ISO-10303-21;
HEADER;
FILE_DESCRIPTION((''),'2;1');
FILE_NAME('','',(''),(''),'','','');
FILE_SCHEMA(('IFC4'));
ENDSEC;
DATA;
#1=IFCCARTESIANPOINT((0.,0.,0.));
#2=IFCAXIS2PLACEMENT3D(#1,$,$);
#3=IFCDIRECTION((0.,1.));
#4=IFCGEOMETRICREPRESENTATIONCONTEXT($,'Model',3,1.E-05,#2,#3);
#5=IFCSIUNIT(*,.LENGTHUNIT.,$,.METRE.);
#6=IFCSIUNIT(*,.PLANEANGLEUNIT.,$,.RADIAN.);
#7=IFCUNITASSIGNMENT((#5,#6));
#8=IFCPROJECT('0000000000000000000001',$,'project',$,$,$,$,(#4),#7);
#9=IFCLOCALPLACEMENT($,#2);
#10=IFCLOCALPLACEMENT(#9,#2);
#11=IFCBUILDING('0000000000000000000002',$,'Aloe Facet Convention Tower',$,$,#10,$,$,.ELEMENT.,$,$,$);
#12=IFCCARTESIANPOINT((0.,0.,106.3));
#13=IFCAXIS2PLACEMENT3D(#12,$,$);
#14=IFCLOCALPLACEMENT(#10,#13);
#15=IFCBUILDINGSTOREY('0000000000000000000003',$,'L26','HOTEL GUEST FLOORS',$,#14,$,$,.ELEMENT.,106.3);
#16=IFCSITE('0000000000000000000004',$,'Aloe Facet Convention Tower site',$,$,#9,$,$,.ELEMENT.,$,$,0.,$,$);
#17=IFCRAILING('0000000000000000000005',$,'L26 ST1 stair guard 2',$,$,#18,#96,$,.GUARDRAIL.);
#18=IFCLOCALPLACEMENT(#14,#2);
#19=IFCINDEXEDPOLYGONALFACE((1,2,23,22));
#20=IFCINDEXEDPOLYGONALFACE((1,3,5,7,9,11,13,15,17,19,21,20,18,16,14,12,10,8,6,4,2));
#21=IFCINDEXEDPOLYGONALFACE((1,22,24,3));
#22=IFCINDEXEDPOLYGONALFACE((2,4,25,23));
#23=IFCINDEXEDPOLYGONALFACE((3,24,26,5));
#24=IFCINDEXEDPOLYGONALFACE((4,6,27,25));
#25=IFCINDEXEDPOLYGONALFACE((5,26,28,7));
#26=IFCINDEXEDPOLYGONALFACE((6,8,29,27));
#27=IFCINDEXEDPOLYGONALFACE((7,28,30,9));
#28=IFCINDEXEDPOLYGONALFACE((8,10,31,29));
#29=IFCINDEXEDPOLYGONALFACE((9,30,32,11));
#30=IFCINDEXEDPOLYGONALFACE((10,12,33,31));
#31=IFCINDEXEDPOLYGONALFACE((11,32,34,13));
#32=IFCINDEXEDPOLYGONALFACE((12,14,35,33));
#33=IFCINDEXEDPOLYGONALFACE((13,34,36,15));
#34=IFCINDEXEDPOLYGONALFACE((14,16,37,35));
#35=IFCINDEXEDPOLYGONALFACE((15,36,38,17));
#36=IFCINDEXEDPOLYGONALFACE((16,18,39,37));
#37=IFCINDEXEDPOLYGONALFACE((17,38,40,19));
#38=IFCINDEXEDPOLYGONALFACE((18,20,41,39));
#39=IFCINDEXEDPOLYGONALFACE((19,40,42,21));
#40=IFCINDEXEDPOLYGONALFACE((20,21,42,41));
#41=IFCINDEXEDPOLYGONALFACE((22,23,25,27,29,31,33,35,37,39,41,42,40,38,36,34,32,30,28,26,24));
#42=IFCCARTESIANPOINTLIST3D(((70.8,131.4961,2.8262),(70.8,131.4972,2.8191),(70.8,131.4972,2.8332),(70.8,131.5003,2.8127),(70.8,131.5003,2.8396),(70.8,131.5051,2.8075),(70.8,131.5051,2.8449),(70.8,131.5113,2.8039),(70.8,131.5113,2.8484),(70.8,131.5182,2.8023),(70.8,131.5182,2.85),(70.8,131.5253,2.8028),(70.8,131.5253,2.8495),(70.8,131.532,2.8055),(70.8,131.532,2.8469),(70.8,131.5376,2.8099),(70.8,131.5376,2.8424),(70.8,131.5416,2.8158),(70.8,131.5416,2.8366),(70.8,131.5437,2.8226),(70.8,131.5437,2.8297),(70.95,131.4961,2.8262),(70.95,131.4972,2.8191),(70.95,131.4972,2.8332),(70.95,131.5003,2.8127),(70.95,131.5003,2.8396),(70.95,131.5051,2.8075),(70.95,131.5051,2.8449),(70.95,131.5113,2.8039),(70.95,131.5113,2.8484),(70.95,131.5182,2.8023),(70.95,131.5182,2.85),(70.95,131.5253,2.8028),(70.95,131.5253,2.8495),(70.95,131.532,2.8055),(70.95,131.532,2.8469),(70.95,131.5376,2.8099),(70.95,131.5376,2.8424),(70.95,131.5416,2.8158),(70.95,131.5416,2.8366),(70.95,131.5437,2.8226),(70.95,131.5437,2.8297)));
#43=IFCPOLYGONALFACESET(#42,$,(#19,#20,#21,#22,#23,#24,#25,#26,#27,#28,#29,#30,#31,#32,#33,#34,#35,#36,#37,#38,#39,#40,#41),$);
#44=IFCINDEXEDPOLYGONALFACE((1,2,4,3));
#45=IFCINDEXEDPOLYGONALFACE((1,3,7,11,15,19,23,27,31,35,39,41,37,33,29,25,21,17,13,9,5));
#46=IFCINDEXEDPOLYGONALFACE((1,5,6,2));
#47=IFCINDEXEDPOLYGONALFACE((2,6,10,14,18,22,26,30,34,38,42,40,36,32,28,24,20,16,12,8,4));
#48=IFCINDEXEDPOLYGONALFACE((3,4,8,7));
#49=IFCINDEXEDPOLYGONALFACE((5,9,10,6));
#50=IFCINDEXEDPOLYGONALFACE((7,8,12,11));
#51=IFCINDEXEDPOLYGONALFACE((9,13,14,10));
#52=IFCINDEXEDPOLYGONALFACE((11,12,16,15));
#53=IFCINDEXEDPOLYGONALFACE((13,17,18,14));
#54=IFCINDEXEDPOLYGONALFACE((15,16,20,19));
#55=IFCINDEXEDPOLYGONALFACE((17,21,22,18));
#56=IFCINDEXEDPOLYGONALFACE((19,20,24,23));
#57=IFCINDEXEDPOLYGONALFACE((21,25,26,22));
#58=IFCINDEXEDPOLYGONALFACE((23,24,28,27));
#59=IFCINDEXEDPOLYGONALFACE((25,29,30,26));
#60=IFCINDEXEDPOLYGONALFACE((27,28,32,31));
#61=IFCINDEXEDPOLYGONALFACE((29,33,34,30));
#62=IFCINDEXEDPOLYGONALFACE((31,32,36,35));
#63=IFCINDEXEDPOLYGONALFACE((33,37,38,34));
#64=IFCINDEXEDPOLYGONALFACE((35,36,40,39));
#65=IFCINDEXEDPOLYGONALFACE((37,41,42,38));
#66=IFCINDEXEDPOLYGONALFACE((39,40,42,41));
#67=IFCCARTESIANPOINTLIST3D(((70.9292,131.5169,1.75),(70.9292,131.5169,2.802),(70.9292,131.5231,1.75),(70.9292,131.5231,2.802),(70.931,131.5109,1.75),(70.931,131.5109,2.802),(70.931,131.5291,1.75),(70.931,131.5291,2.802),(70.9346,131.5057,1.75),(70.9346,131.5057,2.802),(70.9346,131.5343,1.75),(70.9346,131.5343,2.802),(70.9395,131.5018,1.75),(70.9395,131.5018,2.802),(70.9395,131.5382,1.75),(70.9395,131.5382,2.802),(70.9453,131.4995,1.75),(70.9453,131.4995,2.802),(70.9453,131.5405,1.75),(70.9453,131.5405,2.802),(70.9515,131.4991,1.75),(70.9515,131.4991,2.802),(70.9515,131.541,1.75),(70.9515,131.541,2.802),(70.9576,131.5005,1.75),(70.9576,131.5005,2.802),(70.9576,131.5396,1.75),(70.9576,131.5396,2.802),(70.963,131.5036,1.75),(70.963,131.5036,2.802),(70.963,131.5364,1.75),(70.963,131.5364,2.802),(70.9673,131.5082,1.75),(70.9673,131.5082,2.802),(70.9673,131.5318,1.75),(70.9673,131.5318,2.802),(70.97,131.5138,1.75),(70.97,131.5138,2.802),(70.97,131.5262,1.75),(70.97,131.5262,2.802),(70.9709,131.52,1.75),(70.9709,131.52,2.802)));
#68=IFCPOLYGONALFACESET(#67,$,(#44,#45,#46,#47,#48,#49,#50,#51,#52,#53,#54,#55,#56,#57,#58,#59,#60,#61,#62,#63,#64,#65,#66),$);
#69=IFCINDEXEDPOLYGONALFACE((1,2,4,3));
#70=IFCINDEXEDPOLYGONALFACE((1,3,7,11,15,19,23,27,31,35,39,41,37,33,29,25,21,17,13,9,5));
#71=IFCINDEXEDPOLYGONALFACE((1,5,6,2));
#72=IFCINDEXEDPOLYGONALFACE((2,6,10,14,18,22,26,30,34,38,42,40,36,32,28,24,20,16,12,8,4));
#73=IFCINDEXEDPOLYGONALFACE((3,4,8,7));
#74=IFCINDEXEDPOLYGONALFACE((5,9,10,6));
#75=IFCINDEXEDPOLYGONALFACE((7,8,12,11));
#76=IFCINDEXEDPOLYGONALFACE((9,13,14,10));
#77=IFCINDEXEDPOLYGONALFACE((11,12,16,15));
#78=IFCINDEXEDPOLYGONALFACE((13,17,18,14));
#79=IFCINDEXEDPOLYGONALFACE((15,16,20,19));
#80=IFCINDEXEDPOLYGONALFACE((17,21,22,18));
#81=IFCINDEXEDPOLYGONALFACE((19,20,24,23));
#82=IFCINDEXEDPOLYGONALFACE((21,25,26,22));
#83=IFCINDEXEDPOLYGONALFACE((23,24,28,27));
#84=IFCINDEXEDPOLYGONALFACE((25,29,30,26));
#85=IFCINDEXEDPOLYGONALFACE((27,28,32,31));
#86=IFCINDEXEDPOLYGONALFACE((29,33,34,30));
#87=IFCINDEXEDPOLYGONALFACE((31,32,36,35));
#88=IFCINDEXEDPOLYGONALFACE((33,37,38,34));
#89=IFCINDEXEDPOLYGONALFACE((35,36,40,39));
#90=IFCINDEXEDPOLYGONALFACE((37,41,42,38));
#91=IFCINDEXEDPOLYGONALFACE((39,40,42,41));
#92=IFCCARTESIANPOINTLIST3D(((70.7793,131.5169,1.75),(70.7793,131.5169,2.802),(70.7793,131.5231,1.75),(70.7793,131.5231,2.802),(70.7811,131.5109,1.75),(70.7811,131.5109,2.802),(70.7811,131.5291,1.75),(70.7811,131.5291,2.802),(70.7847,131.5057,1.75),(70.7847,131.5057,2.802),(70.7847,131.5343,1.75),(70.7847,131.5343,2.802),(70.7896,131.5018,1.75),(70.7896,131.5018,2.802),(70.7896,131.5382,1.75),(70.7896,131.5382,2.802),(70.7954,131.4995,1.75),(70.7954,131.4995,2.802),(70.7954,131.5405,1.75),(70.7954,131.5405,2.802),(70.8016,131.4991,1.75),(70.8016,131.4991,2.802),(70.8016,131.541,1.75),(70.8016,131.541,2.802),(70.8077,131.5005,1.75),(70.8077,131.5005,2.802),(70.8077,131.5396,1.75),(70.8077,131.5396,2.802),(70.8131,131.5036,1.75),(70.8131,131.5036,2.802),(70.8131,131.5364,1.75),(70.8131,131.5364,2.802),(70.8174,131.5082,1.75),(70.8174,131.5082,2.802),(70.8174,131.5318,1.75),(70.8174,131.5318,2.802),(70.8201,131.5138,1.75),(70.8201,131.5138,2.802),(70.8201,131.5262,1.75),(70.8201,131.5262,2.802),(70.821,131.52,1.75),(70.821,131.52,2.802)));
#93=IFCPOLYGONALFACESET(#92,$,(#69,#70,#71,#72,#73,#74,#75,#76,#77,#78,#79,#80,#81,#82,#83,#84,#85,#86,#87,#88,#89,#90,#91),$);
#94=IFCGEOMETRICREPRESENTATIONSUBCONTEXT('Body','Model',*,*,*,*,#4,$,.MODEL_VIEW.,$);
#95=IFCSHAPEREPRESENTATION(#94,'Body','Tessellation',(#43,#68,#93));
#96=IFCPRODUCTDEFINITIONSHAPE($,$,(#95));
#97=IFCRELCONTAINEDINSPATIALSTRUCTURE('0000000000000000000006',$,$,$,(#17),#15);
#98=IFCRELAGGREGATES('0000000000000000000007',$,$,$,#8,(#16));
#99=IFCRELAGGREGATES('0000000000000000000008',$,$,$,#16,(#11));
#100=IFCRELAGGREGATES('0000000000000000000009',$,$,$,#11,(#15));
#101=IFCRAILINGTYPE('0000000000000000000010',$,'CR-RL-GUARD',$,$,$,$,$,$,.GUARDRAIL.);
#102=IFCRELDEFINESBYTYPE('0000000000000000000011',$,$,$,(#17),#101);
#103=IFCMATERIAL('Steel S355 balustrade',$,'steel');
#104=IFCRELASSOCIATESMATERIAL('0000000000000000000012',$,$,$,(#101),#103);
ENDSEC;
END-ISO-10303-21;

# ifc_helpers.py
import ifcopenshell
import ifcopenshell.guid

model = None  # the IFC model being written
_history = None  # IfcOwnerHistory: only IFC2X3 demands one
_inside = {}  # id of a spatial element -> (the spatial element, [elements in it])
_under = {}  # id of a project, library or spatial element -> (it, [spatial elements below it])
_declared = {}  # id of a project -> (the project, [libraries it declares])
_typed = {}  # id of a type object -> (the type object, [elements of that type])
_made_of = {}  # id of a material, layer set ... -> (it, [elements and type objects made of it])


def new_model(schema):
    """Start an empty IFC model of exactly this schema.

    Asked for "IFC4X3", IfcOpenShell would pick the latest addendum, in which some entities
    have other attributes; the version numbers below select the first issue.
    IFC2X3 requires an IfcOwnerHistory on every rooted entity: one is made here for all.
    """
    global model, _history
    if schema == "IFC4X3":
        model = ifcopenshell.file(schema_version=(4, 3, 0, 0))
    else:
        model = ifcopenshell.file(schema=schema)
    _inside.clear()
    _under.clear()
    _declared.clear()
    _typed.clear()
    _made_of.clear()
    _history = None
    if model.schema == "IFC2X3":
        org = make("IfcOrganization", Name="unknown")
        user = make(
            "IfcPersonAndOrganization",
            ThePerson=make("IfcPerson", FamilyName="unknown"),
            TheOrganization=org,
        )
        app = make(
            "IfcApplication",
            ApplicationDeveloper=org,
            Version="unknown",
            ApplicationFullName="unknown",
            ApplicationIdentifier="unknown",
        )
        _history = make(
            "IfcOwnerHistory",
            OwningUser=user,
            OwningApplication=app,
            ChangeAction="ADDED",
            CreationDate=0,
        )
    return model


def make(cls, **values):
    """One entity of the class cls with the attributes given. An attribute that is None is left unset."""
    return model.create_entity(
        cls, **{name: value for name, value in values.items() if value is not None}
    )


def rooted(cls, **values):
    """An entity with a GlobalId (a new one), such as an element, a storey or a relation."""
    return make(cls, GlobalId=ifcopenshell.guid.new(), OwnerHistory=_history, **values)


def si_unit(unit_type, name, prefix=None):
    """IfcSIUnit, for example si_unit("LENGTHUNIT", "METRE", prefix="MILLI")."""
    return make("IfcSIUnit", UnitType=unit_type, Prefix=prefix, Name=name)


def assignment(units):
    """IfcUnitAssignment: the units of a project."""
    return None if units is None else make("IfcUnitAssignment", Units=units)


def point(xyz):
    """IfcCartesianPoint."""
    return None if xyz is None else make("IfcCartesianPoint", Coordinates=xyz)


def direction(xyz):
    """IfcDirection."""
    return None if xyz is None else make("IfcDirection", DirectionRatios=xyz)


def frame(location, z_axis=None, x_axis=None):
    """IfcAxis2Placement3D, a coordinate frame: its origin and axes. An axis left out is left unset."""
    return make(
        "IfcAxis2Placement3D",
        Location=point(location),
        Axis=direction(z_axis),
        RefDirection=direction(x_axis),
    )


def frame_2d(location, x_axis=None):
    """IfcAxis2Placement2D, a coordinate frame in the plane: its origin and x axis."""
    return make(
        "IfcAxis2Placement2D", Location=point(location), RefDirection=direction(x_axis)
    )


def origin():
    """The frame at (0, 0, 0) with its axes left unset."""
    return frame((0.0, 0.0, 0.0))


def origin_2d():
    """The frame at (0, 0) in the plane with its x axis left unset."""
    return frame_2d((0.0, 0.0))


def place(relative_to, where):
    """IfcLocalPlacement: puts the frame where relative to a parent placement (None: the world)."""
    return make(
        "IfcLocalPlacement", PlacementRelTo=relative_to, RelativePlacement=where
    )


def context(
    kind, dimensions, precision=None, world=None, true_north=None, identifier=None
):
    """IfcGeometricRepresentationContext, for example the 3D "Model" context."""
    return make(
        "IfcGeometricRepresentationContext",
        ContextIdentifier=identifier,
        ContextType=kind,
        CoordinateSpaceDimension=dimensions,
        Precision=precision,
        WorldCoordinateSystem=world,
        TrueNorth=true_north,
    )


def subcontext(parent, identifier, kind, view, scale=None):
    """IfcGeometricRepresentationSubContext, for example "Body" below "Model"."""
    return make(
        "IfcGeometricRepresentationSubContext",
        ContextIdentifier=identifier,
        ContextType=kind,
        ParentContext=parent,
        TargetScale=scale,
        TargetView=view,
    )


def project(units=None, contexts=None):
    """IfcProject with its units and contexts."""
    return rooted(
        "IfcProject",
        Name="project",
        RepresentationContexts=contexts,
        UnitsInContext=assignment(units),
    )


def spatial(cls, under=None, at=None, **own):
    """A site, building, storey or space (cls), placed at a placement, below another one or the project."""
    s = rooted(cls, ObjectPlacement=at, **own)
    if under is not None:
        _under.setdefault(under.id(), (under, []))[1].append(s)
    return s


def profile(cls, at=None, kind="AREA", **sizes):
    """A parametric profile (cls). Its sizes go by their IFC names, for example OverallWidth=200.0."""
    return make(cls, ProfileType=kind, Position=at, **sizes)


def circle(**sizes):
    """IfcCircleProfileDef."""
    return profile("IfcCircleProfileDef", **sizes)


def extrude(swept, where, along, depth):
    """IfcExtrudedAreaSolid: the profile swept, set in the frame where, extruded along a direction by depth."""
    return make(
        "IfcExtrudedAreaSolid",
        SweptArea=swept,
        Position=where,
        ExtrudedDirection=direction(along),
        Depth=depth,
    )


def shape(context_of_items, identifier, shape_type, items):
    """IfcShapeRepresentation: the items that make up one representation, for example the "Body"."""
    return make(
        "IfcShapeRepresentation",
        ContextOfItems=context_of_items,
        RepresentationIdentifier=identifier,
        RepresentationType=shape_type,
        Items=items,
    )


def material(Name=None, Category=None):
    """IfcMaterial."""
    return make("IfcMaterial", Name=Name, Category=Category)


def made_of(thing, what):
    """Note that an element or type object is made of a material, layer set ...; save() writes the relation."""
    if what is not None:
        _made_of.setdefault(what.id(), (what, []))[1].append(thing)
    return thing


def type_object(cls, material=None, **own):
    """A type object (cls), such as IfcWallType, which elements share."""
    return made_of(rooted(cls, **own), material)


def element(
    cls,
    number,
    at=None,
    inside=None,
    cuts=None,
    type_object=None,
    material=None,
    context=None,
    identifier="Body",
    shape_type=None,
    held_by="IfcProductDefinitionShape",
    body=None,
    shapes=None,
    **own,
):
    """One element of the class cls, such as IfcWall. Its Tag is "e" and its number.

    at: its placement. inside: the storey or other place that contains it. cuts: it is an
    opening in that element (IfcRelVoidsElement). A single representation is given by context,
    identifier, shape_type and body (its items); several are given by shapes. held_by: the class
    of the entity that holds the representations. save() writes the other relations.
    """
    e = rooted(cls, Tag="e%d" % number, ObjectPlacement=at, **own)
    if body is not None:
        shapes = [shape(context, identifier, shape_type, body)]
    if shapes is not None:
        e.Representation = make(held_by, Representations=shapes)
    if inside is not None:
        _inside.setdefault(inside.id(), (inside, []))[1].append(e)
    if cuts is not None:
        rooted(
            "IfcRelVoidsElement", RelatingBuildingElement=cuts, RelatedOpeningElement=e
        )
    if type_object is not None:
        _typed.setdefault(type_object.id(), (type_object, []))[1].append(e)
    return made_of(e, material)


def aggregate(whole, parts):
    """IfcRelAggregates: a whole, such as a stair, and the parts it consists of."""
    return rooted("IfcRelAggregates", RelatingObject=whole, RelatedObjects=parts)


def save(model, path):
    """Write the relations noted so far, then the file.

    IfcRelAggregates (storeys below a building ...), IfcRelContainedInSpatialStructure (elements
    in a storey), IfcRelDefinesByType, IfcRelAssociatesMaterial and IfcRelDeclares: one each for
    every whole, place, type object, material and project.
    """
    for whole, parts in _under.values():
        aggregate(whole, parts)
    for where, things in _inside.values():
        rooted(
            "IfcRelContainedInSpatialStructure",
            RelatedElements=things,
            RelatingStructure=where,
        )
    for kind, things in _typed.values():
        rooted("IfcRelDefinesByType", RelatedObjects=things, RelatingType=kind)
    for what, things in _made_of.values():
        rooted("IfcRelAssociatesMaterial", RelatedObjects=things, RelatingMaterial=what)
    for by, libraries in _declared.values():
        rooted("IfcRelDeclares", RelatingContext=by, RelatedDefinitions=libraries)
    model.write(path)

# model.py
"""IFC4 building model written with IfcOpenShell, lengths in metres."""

from ifc_helpers import new_model, si_unit, direction, frame, origin, origin_2d, place, context, subcontext, project, spatial, circle, extrude, material, type_object, element, save


model = new_model("IFC4")

# Units and contexts
model_context = context("Model", 3, precision=1e-05, world=origin(), true_north=direction((0.0, 1.0)))
body_context = subcontext(model_context, "Body", "Model", "MODEL_VIEW")
ifc_project = project(units=[si_unit("LENGTHUNIT", "METRE"), si_unit("PLANEANGLEUNIT", "RADIAN")], contexts=[model_context])

# Site, building, storey
site_placement = place(None, origin())
site = spatial("IfcSite", under=ifc_project, at=site_placement, Name="Aloe Facet Convention Tower site", CompositionType="ELEMENT", RefElevation=0.0)
building_placement = place(site_placement, origin())
building = spatial("IfcBuilding", under=site, at=building_placement, Name="Aloe Facet Convention Tower", CompositionType="ELEMENT")
storey_placement = place(building_placement, frame((0.0, 0.0, 106.3)))
storey = spatial("IfcBuildingStorey", under=building, at=storey_placement, Name="L26", Description="HOTEL GUEST FLOORS", CompositionType="ELEMENT", Elevation=106.3)

# Railing
ifc_material_1 = material(Name="Steel S355 balustrade", Category="steel")
railing_type_1 = type_object("IfcRailingType", Name="CR-RL-GUARD", PredefinedType="GUARDRAIL", material=ifc_material_1)
railing_1_placement = place(storey_placement, frame((70.95, 131.52, 1.75)))
element("IfcRailing", 1, at=railing_1_placement, inside=storey, type_object=railing_type_1, Name="L26 ST1 stair guard 2", PredefinedType="GUARDRAIL", context=body_context, shape_type="SweptSolid", body=[
    extrude(circle(Radius=0.0239, at=origin_2d()), frame((0.0, 0.0, 1.0762), z_axis=(-1.0, 0.0, 0.0), x_axis=(0.0, -1.0, 0.0)), (0.0, 0.0, 1.0), 0.1499),
    extrude(circle(Radius=0.021, at=origin_2d()), origin(), (0.0, 0.0, 1.0), 1.052),
    extrude(circle(Radius=0.021, at=origin_2d()), frame((-0.1499, 0.0, 0.0)), (0.0, 0.0, 1.0), 1.052),
])

save(model, "model.ifc")
